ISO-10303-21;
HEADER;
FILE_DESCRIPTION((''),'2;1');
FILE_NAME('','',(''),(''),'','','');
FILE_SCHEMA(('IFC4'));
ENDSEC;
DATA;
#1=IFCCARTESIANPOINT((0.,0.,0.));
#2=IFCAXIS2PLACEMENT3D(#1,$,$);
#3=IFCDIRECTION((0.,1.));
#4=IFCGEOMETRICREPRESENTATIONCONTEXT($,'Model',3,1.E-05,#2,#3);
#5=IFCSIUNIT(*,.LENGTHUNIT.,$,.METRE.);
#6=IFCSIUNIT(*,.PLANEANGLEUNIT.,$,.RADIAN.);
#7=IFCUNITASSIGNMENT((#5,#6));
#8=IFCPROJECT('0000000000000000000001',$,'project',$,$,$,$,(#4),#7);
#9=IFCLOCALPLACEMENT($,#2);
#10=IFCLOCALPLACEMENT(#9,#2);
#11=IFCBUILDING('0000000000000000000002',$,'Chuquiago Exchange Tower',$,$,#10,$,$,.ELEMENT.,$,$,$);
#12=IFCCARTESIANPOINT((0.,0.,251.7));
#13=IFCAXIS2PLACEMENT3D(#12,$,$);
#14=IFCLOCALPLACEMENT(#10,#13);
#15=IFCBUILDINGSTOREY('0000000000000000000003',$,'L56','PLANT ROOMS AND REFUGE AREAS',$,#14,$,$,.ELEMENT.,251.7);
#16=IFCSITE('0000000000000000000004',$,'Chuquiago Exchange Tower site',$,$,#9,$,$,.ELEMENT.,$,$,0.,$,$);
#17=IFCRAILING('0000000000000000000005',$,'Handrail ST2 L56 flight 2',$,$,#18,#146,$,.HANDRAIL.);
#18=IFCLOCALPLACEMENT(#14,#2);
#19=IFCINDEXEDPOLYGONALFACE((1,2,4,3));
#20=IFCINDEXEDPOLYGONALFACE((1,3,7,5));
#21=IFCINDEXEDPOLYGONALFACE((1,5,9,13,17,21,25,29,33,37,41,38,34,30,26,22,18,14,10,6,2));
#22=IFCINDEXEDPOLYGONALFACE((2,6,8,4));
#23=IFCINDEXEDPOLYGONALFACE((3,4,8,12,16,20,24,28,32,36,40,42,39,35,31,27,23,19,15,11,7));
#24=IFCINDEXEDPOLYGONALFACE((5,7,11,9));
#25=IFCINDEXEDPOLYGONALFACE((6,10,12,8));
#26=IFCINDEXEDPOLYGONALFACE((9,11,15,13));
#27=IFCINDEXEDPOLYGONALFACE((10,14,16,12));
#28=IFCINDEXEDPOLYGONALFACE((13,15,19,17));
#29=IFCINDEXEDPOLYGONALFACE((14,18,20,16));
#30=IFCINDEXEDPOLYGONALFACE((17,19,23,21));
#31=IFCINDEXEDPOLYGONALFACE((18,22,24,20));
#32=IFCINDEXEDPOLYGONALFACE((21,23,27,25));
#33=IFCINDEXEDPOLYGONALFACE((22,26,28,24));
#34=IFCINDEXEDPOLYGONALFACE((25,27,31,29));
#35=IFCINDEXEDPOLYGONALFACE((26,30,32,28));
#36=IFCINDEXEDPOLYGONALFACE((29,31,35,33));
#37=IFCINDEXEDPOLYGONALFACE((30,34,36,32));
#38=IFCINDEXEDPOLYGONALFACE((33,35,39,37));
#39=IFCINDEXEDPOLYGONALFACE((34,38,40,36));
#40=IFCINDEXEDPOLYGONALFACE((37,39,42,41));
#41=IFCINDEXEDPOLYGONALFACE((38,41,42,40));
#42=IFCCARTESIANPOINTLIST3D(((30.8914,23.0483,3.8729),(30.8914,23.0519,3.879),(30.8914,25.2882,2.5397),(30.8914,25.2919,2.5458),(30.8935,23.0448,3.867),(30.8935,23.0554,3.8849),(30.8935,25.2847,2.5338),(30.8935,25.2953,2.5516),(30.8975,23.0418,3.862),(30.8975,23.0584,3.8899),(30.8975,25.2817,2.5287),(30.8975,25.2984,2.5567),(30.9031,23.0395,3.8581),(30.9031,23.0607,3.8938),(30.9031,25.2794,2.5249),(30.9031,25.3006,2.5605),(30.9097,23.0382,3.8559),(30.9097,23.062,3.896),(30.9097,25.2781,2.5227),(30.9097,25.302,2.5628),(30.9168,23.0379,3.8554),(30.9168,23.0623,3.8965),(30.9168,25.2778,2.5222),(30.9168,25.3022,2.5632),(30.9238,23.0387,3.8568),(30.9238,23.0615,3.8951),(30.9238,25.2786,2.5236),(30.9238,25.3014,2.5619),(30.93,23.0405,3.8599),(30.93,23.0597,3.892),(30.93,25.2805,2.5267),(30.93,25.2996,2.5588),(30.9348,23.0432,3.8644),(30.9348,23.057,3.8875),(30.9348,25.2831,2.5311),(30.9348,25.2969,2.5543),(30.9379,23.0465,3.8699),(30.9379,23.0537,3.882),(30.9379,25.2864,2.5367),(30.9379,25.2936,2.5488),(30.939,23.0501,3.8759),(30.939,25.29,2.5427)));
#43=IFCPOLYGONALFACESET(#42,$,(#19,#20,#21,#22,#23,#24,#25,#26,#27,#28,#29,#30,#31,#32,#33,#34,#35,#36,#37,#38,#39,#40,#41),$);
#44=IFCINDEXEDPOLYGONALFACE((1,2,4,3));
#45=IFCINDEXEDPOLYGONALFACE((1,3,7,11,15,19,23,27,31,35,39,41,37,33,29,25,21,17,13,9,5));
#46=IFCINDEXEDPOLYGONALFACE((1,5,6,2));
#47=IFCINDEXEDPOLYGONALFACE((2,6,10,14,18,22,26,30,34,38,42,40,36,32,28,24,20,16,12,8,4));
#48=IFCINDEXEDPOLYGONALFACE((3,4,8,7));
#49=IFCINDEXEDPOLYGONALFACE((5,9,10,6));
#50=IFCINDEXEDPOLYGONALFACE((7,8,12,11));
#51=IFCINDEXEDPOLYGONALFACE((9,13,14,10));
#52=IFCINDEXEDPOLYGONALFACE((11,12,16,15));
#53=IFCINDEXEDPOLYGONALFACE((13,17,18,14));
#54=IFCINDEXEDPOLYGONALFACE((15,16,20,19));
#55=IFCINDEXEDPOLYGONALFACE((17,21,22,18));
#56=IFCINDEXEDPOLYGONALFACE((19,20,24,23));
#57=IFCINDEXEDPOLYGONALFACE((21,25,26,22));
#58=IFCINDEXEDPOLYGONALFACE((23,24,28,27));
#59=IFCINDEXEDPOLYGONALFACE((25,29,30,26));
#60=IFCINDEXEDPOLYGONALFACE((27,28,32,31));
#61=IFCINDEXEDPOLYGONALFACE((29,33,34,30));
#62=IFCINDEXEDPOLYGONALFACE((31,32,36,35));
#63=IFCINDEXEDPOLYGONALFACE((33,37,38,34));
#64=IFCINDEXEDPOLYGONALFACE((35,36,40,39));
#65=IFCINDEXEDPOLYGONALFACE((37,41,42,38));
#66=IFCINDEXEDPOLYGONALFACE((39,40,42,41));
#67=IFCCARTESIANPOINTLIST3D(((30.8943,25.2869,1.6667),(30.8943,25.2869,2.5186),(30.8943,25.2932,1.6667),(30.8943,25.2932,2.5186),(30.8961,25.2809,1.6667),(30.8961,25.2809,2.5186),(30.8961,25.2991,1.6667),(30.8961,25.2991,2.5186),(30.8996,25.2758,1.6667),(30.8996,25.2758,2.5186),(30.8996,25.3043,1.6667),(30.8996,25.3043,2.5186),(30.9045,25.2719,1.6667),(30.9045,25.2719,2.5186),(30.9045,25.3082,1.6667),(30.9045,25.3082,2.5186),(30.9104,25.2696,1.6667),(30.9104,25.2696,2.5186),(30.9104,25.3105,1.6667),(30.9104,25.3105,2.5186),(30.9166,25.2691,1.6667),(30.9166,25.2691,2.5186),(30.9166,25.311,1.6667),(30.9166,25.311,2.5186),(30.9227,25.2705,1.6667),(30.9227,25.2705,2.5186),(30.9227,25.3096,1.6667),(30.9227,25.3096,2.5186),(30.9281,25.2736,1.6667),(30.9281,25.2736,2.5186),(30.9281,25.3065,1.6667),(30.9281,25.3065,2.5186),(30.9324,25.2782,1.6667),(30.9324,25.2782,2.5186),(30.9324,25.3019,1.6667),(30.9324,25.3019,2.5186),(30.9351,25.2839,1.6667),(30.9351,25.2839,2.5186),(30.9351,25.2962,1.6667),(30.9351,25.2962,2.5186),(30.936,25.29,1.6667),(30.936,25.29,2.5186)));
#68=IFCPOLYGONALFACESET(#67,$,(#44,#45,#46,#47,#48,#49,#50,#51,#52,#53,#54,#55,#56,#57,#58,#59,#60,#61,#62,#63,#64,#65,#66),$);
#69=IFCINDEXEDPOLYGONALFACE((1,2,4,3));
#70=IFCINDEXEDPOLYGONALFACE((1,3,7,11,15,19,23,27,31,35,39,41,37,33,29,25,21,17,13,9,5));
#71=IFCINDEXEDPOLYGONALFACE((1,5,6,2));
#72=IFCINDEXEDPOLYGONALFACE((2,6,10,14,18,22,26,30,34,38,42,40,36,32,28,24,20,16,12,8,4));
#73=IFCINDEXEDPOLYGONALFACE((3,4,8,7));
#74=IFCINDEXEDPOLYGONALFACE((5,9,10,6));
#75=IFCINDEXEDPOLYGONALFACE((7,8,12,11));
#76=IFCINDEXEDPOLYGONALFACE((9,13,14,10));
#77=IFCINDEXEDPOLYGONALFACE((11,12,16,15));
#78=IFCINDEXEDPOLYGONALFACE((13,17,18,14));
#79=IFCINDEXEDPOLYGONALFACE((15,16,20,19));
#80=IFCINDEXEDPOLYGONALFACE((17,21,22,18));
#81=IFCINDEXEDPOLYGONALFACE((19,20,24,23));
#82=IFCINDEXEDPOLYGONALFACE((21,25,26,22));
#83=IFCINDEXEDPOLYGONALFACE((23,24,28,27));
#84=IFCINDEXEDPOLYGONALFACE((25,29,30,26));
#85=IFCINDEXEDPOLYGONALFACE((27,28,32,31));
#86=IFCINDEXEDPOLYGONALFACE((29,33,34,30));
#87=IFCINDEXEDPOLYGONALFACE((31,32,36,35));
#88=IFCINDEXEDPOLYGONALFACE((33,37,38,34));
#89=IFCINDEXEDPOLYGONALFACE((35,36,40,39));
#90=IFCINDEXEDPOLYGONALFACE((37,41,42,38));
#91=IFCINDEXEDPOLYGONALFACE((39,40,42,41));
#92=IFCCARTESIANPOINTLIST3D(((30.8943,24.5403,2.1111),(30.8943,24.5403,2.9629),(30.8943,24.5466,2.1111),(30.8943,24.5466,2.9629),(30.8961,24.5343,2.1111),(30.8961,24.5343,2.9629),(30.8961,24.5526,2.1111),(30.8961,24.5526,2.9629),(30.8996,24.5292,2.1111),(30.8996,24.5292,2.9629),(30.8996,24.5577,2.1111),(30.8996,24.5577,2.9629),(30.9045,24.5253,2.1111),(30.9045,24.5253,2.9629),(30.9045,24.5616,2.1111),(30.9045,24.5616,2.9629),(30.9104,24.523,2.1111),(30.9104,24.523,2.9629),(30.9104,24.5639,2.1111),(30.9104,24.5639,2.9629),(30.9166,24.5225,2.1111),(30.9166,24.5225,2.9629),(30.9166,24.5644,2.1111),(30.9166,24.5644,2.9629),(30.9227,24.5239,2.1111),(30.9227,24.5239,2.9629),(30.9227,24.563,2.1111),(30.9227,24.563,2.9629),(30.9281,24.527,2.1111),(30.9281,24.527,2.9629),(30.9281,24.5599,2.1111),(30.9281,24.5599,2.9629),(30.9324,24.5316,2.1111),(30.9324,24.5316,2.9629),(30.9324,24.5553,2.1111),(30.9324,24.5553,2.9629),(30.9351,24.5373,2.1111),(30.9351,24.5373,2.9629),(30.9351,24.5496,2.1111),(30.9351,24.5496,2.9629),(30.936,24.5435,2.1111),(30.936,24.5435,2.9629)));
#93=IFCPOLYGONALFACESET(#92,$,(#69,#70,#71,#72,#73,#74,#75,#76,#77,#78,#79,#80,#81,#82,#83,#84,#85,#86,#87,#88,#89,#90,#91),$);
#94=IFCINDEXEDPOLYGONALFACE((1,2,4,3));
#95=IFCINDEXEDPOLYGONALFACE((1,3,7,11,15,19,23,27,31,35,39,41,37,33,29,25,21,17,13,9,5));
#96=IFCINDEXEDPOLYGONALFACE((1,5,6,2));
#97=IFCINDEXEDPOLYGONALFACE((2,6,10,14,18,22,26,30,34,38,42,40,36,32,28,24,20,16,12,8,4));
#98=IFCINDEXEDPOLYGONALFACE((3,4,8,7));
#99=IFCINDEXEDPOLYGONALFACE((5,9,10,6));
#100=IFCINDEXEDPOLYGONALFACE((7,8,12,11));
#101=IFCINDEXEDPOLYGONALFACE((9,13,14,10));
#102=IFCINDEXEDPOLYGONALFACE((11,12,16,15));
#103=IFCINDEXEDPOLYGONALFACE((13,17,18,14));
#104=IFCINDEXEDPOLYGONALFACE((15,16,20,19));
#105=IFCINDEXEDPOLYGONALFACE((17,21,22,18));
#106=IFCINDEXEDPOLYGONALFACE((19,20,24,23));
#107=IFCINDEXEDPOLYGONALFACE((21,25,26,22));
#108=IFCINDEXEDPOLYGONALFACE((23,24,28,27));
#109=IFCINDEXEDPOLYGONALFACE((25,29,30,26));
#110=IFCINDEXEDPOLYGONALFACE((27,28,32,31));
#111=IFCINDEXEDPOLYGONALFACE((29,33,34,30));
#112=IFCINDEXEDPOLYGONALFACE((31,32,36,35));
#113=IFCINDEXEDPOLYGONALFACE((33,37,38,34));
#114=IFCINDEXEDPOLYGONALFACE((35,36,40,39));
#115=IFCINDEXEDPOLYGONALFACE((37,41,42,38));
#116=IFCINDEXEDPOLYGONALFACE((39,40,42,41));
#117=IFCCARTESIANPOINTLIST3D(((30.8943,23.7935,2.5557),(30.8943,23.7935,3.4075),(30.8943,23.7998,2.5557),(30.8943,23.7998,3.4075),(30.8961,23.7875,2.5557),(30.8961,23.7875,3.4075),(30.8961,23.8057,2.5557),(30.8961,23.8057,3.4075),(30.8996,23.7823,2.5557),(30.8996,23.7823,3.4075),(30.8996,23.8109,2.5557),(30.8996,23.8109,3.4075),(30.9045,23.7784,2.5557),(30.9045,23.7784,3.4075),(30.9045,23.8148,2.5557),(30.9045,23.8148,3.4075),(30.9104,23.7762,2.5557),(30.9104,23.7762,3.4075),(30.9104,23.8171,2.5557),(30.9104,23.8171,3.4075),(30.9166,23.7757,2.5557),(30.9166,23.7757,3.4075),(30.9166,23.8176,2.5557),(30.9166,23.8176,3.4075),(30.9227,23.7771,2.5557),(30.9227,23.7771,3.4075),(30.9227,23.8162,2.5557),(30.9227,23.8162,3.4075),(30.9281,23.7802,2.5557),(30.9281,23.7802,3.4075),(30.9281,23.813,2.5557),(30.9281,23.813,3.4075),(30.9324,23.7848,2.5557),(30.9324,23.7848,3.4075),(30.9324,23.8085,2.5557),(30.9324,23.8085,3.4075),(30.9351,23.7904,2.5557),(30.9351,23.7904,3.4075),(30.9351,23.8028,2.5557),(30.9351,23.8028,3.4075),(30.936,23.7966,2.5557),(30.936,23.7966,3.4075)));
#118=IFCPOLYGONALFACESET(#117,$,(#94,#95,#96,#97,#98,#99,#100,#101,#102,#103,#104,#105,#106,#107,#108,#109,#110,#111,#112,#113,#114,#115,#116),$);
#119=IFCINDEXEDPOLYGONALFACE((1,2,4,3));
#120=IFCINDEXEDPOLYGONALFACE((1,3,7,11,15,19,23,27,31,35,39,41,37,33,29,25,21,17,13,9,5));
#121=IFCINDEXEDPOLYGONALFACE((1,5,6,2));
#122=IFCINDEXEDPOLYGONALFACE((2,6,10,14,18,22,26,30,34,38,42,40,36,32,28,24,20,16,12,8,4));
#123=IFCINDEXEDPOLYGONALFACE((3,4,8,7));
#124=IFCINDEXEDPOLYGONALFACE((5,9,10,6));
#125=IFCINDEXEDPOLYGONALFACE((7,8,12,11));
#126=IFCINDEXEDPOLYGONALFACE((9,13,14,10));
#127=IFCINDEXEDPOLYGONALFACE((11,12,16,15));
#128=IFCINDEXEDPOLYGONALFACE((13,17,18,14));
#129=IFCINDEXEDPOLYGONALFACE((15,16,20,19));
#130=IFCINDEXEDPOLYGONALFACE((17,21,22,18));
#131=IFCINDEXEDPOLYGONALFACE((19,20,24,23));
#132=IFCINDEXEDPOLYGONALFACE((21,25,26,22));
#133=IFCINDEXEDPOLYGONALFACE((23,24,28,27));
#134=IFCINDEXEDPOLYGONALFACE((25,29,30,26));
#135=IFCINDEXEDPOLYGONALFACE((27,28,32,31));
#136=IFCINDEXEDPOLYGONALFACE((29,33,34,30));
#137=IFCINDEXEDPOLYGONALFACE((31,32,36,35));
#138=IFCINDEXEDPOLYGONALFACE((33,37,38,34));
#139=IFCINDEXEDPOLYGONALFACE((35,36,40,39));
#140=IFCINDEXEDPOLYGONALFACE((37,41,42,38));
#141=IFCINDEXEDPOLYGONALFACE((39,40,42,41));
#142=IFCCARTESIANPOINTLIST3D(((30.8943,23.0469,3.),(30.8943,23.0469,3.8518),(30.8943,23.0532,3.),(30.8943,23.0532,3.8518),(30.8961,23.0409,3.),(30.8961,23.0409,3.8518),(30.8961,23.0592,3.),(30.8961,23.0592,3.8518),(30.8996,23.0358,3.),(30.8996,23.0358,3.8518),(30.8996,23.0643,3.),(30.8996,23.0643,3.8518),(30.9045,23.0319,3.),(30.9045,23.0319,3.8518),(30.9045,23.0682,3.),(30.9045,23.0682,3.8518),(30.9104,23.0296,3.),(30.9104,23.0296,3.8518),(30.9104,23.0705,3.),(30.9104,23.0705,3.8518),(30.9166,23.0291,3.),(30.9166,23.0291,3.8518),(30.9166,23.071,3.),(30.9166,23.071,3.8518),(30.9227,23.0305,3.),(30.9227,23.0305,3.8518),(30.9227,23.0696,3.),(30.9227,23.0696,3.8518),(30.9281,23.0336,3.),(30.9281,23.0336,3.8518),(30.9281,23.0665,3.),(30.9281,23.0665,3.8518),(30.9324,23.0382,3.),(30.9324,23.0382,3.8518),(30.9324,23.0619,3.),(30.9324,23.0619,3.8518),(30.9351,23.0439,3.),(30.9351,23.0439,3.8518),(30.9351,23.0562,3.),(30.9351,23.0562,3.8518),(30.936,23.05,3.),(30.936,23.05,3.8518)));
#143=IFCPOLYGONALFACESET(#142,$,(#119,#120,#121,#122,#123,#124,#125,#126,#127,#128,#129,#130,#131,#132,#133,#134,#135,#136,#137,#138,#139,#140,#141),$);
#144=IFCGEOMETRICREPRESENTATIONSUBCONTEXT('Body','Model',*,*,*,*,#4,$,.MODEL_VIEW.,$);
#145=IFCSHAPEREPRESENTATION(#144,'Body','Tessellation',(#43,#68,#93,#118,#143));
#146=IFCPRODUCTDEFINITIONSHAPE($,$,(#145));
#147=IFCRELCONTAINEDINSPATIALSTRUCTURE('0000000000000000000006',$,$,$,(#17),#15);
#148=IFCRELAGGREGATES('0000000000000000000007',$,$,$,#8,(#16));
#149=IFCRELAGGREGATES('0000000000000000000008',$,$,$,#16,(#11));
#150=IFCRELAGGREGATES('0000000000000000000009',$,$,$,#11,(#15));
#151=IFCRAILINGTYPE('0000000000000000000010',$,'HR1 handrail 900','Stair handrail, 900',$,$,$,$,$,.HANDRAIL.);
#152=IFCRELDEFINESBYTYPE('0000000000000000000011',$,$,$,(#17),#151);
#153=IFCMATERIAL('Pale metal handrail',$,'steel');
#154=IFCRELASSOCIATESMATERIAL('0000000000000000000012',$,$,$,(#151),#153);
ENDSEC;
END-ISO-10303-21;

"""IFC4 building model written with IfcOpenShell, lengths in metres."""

from ifc_helpers import new_model, si_unit, direction, frame, origin, origin_2d, place, context, subcontext, project, spatial, circle, extrude, material, type_object, element, save


model = new_model("IFC4")

# Units and contexts
model_context = context("Model", 3, precision=1e-05, world=origin(), true_north=direction((0.0, 1.0)))
body_context = subcontext(model_context, "Body", "Model", "MODEL_VIEW")
ifc_project = project(units=[si_unit("LENGTHUNIT", "METRE"), si_unit("PLANEANGLEUNIT", "RADIAN")], contexts=[model_context])

# Site, building, storey
site_placement = place(None, origin())
site = spatial("IfcSite", under=ifc_project, at=site_placement, Name="Chuquiago Exchange Tower site", CompositionType="ELEMENT", RefElevation=0.0)
building_placement = place(site_placement, origin())
building = spatial("IfcBuilding", under=site, at=building_placement, Name="Chuquiago Exchange Tower", CompositionType="ELEMENT")
storey_placement = place(building_placement, frame((0.0, 0.0, 251.7)))
storey = spatial("IfcBuildingStorey", under=building, at=storey_placement, Name="L56", Description="PLANT ROOMS AND REFUGE AREAS", CompositionType="ELEMENT", Elevation=251.7)

# Railing
ifc_material_1 = material(Name="Pale metal handrail", Category="steel")
railing_type_1 = type_object("IfcRailingType", Name="HR1 handrail 900", Description="Stair handrail, 900", PredefinedType="HANDRAIL", material=ifc_material_1)
for number, where, name in (
    (1, (30.915, 25.29, 1.6667), "Handrail ST2 L56 flight 2"),
):
    element("IfcRailing", number, at=place(storey_placement, frame(where)), inside=storey, type_object=railing_type_1, Name=name, PredefinedType="HANDRAIL", context=body_context, shape_type="SweptSolid", body=[
        extrude(circle(Radius=0.0239, at=origin_2d()), frame((0.0, 0.0, 0.876), z_axis=(0.0, -0.859306, 0.511462), x_axis=(1.0, 0.0, 0.0)), (0.0, 0.0, 1.0), 2.6067),
        extrude(circle(Radius=0.021, at=origin_2d()), origin(), (0.0, 0.0, 1.0), 0.8518),
        extrude(circle(Radius=0.021, at=origin_2d()), frame((0.0, -0.7466, 0.4443)), (0.0, 0.0, 1.0), 0.8518),
        extrude(circle(Radius=0.021, at=origin_2d()), frame((0.0, -1.4934, 0.8889)), (0.0, 0.0, 1.0), 0.8518),
        extrude(circle(Radius=0.021, at=origin_2d()), frame((0.0, -2.24, 1.3333)), (0.0, 0.0, 1.0), 0.8518),
    ])

save(model, "model.ifc")
